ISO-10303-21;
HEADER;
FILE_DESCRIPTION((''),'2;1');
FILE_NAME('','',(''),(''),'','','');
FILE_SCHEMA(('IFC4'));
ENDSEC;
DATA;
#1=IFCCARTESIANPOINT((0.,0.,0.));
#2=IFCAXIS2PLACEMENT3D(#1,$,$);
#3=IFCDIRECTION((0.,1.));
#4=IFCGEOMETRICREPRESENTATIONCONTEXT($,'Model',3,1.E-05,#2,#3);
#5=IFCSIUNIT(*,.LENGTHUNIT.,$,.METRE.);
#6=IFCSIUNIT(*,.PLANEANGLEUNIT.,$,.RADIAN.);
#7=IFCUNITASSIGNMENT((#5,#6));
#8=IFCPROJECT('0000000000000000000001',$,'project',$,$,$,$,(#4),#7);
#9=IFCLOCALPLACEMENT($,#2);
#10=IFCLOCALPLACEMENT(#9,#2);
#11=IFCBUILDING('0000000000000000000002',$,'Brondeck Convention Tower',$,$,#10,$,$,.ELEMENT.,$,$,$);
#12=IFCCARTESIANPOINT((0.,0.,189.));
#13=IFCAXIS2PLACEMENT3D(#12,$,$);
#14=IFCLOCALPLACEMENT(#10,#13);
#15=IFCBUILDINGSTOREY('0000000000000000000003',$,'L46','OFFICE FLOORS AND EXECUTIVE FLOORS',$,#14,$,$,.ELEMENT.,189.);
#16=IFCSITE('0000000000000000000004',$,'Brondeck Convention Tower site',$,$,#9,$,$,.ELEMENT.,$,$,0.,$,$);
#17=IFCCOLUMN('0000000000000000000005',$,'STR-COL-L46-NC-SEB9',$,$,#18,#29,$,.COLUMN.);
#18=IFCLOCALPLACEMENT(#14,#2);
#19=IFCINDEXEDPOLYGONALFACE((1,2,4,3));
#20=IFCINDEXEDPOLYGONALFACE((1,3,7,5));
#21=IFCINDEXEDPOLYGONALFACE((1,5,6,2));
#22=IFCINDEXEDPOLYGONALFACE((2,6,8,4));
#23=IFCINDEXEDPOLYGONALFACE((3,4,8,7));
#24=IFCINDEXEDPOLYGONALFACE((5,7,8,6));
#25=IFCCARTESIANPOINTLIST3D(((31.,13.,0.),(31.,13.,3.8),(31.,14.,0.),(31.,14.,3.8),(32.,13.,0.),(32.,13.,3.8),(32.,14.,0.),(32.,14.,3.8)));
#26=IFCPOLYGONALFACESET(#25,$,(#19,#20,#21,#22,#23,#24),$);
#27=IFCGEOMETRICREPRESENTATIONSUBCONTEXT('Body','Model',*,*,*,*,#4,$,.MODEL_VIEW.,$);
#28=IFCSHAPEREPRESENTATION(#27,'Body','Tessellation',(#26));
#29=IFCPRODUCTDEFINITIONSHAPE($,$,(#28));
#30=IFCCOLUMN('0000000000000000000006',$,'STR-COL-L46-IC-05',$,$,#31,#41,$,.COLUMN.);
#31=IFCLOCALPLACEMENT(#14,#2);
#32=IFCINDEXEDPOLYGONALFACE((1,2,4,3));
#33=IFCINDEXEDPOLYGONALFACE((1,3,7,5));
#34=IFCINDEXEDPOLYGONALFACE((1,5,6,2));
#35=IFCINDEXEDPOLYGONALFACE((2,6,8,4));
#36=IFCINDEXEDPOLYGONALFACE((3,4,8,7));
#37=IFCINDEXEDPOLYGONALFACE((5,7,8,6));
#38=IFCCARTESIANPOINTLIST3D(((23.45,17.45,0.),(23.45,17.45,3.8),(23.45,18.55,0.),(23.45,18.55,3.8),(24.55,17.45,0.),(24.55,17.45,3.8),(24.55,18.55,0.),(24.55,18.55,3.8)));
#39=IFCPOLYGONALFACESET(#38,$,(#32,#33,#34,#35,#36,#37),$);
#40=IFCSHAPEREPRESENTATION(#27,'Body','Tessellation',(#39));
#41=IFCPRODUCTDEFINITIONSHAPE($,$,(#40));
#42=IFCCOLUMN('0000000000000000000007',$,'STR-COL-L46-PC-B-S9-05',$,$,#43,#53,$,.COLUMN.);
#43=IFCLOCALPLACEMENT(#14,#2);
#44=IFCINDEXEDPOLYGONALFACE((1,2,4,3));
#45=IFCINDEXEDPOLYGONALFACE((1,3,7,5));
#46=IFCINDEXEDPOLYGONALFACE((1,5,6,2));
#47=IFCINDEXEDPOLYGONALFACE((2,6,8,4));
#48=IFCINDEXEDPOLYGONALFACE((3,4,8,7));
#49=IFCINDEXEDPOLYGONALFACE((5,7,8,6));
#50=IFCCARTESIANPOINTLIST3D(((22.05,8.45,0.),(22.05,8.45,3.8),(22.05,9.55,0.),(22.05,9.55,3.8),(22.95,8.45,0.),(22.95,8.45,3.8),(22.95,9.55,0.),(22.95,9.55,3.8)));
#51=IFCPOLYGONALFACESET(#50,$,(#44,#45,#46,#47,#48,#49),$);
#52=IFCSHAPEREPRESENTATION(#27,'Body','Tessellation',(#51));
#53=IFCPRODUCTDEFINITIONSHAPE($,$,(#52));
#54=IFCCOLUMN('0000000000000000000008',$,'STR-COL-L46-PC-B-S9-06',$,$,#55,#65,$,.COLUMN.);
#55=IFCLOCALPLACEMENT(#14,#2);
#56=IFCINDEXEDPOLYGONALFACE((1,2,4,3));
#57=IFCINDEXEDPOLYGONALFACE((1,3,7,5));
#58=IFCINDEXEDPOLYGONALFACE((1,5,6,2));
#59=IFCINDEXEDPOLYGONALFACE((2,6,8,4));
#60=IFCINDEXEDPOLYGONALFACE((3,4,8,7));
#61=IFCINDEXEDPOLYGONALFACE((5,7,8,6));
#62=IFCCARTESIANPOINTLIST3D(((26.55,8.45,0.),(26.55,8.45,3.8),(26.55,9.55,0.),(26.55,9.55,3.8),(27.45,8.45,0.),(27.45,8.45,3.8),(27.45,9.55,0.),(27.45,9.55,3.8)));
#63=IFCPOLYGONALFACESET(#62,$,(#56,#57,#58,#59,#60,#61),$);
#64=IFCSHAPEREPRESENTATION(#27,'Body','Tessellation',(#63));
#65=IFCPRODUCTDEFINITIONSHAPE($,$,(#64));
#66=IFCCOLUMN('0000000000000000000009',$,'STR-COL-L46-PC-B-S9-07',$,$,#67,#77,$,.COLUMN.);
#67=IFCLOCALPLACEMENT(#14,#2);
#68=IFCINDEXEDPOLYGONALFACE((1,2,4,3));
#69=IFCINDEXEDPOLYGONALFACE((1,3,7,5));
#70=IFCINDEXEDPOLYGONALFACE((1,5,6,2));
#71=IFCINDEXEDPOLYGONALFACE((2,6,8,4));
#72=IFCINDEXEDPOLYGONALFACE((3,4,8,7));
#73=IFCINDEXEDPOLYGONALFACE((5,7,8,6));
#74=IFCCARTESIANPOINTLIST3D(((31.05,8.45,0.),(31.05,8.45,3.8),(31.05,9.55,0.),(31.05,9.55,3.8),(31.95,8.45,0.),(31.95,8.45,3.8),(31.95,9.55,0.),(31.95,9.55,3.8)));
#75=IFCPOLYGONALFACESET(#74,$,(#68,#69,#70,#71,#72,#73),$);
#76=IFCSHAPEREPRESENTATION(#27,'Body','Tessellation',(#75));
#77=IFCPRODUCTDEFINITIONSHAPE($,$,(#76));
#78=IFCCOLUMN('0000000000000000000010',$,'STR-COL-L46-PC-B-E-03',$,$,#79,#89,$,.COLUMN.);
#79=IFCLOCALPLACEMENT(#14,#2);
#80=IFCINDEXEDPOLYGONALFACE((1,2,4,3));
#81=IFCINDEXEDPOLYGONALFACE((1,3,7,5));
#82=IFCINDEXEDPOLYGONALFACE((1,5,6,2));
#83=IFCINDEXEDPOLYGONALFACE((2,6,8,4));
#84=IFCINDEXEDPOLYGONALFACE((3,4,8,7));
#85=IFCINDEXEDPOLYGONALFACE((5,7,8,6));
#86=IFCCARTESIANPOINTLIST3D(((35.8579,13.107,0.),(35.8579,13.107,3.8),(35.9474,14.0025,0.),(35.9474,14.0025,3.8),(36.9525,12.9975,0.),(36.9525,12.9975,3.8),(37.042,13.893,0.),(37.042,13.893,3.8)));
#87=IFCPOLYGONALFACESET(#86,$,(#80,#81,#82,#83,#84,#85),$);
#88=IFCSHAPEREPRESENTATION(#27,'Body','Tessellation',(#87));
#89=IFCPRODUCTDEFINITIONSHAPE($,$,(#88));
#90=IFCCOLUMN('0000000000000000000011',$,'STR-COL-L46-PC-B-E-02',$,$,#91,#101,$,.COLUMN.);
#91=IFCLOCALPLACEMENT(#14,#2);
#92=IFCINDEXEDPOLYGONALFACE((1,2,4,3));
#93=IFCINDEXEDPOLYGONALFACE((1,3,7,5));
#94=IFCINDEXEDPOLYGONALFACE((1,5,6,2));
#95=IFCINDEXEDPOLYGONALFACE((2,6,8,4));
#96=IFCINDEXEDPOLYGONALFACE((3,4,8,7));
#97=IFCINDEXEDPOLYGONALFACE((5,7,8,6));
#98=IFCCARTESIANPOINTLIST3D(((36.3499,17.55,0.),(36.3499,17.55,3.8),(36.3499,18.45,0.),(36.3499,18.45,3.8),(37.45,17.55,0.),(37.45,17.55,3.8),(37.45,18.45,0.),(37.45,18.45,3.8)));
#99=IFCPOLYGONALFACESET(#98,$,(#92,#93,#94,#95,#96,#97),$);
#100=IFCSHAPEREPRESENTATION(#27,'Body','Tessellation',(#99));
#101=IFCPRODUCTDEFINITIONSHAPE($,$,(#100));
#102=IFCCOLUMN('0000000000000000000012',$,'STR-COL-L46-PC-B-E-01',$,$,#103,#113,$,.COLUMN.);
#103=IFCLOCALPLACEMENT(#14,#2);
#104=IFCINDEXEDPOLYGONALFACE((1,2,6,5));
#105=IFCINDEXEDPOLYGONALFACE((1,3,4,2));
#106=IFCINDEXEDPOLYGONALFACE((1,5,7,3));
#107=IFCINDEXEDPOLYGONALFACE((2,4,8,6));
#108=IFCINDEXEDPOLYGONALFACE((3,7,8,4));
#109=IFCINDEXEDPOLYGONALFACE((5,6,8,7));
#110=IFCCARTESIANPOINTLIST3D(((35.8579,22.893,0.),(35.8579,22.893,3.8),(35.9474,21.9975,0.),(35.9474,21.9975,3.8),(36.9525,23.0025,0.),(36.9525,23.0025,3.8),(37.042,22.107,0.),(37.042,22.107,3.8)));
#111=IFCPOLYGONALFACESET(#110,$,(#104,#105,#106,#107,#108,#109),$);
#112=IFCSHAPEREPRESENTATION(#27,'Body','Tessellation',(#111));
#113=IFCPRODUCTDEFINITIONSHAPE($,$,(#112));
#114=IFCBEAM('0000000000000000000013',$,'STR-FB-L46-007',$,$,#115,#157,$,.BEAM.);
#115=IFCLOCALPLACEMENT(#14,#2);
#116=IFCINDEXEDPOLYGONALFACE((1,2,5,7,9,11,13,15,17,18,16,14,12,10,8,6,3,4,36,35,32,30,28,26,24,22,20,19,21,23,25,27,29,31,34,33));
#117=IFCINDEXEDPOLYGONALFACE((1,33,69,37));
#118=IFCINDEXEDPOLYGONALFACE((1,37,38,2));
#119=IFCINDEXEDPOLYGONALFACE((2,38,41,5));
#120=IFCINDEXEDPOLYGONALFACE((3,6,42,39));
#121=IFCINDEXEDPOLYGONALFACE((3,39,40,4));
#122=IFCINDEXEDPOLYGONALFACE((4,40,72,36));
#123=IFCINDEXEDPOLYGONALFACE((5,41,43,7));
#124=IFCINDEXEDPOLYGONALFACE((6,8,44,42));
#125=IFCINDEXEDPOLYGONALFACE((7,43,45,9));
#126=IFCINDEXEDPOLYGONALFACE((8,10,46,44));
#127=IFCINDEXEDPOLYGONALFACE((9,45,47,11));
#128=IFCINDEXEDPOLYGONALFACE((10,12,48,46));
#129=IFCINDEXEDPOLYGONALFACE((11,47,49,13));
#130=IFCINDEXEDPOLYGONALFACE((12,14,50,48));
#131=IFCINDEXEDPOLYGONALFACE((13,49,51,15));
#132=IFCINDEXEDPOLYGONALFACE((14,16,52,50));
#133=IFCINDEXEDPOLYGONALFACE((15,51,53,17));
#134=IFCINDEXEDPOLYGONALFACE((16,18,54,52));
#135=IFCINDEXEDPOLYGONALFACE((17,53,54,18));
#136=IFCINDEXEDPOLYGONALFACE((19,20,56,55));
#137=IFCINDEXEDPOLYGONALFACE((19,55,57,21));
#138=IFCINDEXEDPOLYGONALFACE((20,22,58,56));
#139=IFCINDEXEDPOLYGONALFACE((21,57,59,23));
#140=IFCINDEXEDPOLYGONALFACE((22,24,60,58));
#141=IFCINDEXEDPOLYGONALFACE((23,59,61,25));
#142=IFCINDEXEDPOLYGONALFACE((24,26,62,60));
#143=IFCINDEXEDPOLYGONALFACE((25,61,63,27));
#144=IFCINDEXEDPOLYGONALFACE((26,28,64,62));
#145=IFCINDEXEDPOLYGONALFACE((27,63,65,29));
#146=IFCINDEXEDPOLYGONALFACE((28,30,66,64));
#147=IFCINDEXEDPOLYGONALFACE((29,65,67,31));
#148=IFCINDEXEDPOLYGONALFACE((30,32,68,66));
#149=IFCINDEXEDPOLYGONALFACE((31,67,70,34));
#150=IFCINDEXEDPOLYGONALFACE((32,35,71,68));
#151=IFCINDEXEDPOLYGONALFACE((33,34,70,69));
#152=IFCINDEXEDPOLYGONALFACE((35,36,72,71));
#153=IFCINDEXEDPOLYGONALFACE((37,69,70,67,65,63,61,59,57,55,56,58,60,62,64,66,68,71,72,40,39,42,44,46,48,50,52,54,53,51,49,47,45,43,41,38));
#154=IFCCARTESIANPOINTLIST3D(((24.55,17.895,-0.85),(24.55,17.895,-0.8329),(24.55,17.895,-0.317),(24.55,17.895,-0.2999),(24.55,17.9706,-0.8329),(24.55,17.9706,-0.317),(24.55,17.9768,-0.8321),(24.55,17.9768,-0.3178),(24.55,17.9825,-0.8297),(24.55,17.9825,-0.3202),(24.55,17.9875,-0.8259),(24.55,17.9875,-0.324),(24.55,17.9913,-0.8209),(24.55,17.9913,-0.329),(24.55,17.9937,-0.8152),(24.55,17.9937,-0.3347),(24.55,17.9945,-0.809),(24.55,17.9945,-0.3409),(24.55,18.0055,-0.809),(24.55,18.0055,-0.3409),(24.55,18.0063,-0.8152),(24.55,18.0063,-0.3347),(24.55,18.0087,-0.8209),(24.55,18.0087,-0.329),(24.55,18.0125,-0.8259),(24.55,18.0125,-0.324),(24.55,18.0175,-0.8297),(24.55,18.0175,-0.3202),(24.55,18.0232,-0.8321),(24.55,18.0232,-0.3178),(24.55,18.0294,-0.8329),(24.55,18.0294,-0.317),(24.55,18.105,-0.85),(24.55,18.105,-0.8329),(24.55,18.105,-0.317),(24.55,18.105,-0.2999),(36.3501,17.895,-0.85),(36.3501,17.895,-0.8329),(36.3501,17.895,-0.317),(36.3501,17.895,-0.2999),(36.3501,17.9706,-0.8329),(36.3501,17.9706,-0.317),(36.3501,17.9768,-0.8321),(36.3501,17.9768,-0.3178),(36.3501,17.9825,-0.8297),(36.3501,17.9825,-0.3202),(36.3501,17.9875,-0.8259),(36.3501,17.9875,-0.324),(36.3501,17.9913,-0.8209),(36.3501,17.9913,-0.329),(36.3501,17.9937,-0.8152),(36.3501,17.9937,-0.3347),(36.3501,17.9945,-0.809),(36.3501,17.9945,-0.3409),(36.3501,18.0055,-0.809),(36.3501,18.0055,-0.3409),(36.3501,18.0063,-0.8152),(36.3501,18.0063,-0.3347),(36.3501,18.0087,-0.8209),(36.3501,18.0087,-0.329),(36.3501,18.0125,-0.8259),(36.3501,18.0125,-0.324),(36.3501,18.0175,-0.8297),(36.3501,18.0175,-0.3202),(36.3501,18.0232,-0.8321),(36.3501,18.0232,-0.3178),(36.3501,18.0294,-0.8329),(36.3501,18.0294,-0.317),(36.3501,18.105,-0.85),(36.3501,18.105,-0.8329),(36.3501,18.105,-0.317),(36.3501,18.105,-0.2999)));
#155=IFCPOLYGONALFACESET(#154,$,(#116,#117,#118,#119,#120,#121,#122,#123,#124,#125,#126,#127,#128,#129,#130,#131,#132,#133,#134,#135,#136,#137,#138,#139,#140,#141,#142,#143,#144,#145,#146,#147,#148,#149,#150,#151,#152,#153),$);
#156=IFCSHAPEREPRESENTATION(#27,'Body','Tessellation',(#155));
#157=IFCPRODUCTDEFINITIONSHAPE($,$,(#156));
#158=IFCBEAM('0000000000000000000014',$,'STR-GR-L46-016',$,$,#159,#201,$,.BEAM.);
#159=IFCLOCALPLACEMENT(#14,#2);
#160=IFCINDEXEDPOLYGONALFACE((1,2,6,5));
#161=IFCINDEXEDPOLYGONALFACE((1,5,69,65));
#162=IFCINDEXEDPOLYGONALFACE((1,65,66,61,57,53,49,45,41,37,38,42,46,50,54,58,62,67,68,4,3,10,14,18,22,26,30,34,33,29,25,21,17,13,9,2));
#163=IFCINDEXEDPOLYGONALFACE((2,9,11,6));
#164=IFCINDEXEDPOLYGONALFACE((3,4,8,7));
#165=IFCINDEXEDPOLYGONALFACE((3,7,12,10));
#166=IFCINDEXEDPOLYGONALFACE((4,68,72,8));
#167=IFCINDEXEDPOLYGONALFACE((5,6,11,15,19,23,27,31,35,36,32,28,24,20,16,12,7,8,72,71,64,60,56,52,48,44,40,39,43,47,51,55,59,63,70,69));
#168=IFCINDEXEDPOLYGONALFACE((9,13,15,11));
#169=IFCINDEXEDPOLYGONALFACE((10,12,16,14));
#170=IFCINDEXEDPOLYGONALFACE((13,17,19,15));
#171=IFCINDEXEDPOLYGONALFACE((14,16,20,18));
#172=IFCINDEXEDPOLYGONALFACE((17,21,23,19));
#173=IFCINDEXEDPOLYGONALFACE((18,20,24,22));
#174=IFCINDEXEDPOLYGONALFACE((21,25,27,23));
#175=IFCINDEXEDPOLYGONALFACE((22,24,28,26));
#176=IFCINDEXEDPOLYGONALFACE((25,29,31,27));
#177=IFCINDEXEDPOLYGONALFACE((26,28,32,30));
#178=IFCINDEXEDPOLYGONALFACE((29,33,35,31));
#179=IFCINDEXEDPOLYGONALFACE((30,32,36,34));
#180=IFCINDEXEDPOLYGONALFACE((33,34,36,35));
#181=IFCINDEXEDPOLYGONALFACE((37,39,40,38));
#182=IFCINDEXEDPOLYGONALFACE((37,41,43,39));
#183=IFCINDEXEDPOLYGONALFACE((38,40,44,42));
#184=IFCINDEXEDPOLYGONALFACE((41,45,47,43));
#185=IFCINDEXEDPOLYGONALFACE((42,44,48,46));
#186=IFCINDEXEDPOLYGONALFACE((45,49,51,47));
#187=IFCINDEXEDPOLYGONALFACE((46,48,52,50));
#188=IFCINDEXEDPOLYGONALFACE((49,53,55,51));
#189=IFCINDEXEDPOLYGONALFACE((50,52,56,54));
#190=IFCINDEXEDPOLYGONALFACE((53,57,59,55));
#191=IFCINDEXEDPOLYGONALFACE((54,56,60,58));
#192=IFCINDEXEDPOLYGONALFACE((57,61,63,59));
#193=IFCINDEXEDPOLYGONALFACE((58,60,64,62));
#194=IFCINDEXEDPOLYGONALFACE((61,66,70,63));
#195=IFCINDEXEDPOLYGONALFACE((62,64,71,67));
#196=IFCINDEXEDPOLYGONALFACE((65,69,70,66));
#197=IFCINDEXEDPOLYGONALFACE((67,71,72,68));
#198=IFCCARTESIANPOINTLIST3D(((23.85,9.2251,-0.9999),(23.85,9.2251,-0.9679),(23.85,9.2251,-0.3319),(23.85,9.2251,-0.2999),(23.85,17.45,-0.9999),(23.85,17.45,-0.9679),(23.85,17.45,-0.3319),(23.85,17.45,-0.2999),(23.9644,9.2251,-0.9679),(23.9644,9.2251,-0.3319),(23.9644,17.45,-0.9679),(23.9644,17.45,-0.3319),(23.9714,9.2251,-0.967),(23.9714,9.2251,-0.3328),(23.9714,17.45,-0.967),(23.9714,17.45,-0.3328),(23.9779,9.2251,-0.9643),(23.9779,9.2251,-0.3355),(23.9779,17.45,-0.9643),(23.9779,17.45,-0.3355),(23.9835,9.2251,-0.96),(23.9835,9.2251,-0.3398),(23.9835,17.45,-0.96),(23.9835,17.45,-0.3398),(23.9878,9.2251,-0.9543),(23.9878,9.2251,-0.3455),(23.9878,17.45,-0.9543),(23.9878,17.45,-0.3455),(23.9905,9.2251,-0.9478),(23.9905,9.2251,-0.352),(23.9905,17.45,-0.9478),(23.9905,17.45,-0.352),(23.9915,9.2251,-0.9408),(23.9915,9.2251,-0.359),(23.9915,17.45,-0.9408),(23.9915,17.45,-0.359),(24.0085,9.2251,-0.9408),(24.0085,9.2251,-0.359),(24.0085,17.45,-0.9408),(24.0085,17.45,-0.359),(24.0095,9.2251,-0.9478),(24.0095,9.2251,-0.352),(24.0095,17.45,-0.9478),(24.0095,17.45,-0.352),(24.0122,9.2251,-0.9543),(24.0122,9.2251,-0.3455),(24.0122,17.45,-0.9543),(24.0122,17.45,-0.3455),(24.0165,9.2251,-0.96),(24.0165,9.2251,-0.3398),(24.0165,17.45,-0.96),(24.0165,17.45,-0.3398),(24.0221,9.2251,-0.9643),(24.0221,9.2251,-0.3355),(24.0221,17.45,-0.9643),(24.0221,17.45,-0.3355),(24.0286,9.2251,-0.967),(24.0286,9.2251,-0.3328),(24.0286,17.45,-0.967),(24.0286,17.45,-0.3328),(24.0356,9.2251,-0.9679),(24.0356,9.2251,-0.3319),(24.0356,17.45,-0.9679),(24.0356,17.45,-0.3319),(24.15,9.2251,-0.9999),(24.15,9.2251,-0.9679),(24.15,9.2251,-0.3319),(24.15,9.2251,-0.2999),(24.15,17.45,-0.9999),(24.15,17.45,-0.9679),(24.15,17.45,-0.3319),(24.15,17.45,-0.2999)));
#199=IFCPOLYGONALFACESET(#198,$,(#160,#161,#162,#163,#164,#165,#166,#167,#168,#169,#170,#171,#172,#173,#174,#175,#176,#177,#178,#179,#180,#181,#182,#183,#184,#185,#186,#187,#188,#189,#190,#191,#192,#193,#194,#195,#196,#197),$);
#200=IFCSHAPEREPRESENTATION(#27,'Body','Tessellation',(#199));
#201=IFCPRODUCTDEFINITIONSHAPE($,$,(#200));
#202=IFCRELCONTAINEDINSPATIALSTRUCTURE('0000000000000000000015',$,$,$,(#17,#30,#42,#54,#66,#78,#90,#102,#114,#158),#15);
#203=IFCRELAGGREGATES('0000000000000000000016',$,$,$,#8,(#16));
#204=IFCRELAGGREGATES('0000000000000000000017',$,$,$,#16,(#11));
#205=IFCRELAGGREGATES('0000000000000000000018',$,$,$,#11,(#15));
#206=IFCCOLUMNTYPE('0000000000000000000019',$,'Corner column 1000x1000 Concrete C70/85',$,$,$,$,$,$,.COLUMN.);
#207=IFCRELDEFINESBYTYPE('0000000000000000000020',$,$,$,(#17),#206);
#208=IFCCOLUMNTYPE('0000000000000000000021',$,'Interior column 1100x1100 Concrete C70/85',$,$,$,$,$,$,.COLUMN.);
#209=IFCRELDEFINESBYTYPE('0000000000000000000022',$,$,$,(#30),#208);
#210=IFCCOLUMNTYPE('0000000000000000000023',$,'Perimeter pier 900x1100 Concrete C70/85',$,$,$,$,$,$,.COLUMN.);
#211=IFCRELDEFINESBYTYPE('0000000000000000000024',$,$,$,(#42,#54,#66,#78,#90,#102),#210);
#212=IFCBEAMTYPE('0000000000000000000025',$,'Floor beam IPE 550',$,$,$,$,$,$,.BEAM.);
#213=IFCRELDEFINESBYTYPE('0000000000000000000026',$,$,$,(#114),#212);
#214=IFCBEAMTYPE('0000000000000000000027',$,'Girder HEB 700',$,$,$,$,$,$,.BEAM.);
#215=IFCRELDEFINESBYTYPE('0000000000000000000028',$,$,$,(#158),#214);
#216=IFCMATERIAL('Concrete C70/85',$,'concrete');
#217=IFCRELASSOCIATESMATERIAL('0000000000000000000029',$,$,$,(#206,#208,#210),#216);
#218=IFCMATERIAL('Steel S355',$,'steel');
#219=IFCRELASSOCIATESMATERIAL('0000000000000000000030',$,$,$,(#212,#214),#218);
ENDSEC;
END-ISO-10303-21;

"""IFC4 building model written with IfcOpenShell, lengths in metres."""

from ifc_helpers import new_model, si_unit, direction, frame, origin, origin_2d, place, context, subcontext, project, spatial, rectangle, i_section, extrude, material, material_profile, profile_set, type_object, element, save


model = new_model("IFC4")

# Units and contexts
model_context = context("Model", 3, precision=1e-05, world=origin(), true_north=direction((0.0, 1.0)))
body_context = subcontext(model_context, "Body", "Model", "MODEL_VIEW")
ifc_project = project(units=[si_unit("LENGTHUNIT", "METRE"), si_unit("PLANEANGLEUNIT", "RADIAN")], contexts=[model_context])

# Site, building, storey
site_placement = place(None, origin())
site = spatial("IfcSite", under=ifc_project, at=site_placement, Name="Brondeck Convention Tower site", CompositionType="ELEMENT", RefElevation=0.0)
building_placement = place(site_placement, origin())
building = spatial("IfcBuilding", under=site, at=building_placement, Name="Brondeck Convention Tower", CompositionType="ELEMENT")
storey_placement = place(building_placement, frame((0.0, 0.0, 189.0)))
storey = spatial("IfcBuildingStorey", under=building, at=storey_placement, Name="L46", Description="OFFICE FLOORS AND EXECUTIVE FLOORS", CompositionType="ELEMENT", Elevation=189.0)

# Columns
ifc_material_1 = material(Name="Concrete C70/85", Category="concrete")
ifc_material_profile_1 = material_profile(ifc_material_1, rectangle(XDim=1.0, YDim=1.0, at=origin_2d()), Name="Corner column 1000x1000 Concrete C70/85")
ifc_profile_set_1 = profile_set([ifc_material_profile_1], Name="Concrete C70/85")
column_type_1 = type_object("IfcColumnType", Name="Corner column 1000x1000 Concrete C70/85", PredefinedType="COLUMN", material=ifc_profile_set_1)
column_1_placement = place(storey_placement, frame((31.5, 13.5, 0.0), z_axis=(0.0, 0.0, 1.0), x_axis=(1.0, 0.0, 0.0)))
element("IfcColumn", 1, at=column_1_placement, inside=storey, type_object=column_type_1, Name="STR-COL-L46-NC-SEB9", PredefinedType="COLUMN", context=body_context, shape_type="SweptSolid", body=[
    extrude(rectangle(XDim=1.0, YDim=1.0, at=origin_2d()), origin(), (0.0, 0.0, 1.0), 3.8),
])
ifc_material_profile_2 = material_profile(ifc_material_1, rectangle(XDim=1.1001, YDim=1.1001, at=origin_2d()), Name="Interior column 1100x1100 Concrete C70/85")
ifc_profile_set_2 = profile_set([ifc_material_profile_2], Name="Concrete C70/85")
column_type_2 = type_object("IfcColumnType", Name="Interior column 1100x1100 Concrete C70/85", PredefinedType="COLUMN", material=ifc_profile_set_2)
column_2_placement = place(storey_placement, frame((24.0, 18.0, 0.0), z_axis=(0.0, 0.0, 1.0), x_axis=(1.0, 0.0, 0.0)))
element("IfcColumn", 2, at=column_2_placement, inside=storey, type_object=column_type_2, Name="STR-COL-L46-IC-05", PredefinedType="COLUMN", context=body_context, shape_type="SweptSolid", body=[
    extrude(rectangle(XDim=1.1001, YDim=1.1001, at=origin_2d()), origin(), (0.0, 0.0, 1.0), 3.8),
])
ifc_material_profile_3 = material_profile(ifc_material_1, rectangle(XDim=0.8999, YDim=1.1001, at=origin_2d()), Name="Perimeter pier 900x1100 Concrete C70/85")
ifc_profile_set_3 = profile_set([ifc_material_profile_3], Name="Concrete C70/85")
column_type_3 = type_object("IfcColumnType", Name="Perimeter pier 900x1100 Concrete C70/85", PredefinedType="COLUMN", material=ifc_profile_set_3)
for number, where, z_axis, x_axis, name in (
    (3, (22.5, 9.0, 0.0), (0.0, 0.0, 1.0), (1.0, 0.0, 0.0), "STR-COL-L46-PC-B-S9-05"),
    (4, (27.0, 9.0, 0.0), (0.0, 0.0, 1.0), (1.0, 0.0, 0.0), "STR-COL-L46-PC-B-S9-06"),
    (5, (31.5, 9.0, 0.0), (0.0, 0.0, 1.0), (1.0, 0.0, 0.0), "STR-COL-L46-PC-B-S9-07"),
    (6, (36.45, 13.5, 0.0), (0.0, 0.0, 1.0), (0.099504, 0.995037, 0.0), "STR-COL-L46-PC-B-E-03"),
    (7, (36.8999, 18.0, 0.0), (0.0, 0.0, 1.0), (0.0, 1.0, 0.0), "STR-COL-L46-PC-B-E-02"),
    (8, (36.45, 22.5, 0.0), (0.0, 0.0, 1.0), (-0.099504, 0.995037, 0.0), "STR-COL-L46-PC-B-E-01"),
):
    element("IfcColumn", number, at=place(storey_placement, frame(where, z_axis=z_axis, x_axis=x_axis)), inside=storey, type_object=column_type_3, Name=name, PredefinedType="COLUMN", context=body_context, shape_type="SweptSolid", body=[
        extrude(rectangle(XDim=0.8999, YDim=1.1001, at=origin_2d()), origin(), (0.0, 0.0, 1.0), 3.8),
    ])

# Beams
ifc_material_2 = material(Name="Steel S355", Category="steel")
ifc_material_profile_4 = material_profile(ifc_material_2, i_section(OverallWidth=0.21, OverallDepth=0.55, WebThickness=0.011, FlangeThickness=0.0171, FilletRadius=0.0239, at=origin_2d()), Name="IPE 550")
ifc_profile_set_4 = profile_set([ifc_material_profile_4], Name="Steel S355")
beam_type_1 = type_object("IfcBeamType", Name="Floor beam IPE 550", PredefinedType="BEAM", material=ifc_profile_set_4)
beam_1_placement = place(storey_placement, frame((24.55, 18.0, -0.575), z_axis=(1.0, 0.0, 0.0), x_axis=(0.0, 1.0, 0.0)))
element("IfcBeam", 9, at=beam_1_placement, inside=storey, type_object=beam_type_1, Name="STR-FB-L46-007", PredefinedType="BEAM", context=body_context, shape_type="SweptSolid", body=[
    extrude(i_section(OverallWidth=0.21, OverallDepth=0.55, WebThickness=0.011, FlangeThickness=0.0171, FilletRadius=0.0239, at=origin_2d()), origin(), (0.0, 0.0, 1.0), 11.8),
])
ifc_material_profile_5 = material_profile(ifc_material_2, i_section(OverallWidth=0.3, OverallDepth=0.7, WebThickness=0.0171, FlangeThickness=0.032, FilletRadius=0.0271, at=origin_2d()), Name="HEB 700")
ifc_profile_set_5 = profile_set([ifc_material_profile_5], Name="Steel S355")
beam_type_2 = type_object("IfcBeamType", Name="Girder HEB 700", PredefinedType="BEAM", material=ifc_profile_set_5)
beam_2_placement = place(storey_placement, frame((24.0, 17.45, -0.6499), z_axis=(0.0, -1.0, 0.0), x_axis=(1.0, 0.0, 0.0)))
element("IfcBeam", 10, at=beam_2_placement, inside=storey, type_object=beam_type_2, Name="STR-GR-L46-016", PredefinedType="BEAM", context=body_context, shape_type="SweptSolid", body=[
    extrude(i_section(OverallWidth=0.3, OverallDepth=0.7, WebThickness=0.0171, FlangeThickness=0.032, FilletRadius=0.0271, at=origin_2d()), origin(), (0.0, 0.0, 1.0), 8.2249),
])

save(model, "model.ifc")
